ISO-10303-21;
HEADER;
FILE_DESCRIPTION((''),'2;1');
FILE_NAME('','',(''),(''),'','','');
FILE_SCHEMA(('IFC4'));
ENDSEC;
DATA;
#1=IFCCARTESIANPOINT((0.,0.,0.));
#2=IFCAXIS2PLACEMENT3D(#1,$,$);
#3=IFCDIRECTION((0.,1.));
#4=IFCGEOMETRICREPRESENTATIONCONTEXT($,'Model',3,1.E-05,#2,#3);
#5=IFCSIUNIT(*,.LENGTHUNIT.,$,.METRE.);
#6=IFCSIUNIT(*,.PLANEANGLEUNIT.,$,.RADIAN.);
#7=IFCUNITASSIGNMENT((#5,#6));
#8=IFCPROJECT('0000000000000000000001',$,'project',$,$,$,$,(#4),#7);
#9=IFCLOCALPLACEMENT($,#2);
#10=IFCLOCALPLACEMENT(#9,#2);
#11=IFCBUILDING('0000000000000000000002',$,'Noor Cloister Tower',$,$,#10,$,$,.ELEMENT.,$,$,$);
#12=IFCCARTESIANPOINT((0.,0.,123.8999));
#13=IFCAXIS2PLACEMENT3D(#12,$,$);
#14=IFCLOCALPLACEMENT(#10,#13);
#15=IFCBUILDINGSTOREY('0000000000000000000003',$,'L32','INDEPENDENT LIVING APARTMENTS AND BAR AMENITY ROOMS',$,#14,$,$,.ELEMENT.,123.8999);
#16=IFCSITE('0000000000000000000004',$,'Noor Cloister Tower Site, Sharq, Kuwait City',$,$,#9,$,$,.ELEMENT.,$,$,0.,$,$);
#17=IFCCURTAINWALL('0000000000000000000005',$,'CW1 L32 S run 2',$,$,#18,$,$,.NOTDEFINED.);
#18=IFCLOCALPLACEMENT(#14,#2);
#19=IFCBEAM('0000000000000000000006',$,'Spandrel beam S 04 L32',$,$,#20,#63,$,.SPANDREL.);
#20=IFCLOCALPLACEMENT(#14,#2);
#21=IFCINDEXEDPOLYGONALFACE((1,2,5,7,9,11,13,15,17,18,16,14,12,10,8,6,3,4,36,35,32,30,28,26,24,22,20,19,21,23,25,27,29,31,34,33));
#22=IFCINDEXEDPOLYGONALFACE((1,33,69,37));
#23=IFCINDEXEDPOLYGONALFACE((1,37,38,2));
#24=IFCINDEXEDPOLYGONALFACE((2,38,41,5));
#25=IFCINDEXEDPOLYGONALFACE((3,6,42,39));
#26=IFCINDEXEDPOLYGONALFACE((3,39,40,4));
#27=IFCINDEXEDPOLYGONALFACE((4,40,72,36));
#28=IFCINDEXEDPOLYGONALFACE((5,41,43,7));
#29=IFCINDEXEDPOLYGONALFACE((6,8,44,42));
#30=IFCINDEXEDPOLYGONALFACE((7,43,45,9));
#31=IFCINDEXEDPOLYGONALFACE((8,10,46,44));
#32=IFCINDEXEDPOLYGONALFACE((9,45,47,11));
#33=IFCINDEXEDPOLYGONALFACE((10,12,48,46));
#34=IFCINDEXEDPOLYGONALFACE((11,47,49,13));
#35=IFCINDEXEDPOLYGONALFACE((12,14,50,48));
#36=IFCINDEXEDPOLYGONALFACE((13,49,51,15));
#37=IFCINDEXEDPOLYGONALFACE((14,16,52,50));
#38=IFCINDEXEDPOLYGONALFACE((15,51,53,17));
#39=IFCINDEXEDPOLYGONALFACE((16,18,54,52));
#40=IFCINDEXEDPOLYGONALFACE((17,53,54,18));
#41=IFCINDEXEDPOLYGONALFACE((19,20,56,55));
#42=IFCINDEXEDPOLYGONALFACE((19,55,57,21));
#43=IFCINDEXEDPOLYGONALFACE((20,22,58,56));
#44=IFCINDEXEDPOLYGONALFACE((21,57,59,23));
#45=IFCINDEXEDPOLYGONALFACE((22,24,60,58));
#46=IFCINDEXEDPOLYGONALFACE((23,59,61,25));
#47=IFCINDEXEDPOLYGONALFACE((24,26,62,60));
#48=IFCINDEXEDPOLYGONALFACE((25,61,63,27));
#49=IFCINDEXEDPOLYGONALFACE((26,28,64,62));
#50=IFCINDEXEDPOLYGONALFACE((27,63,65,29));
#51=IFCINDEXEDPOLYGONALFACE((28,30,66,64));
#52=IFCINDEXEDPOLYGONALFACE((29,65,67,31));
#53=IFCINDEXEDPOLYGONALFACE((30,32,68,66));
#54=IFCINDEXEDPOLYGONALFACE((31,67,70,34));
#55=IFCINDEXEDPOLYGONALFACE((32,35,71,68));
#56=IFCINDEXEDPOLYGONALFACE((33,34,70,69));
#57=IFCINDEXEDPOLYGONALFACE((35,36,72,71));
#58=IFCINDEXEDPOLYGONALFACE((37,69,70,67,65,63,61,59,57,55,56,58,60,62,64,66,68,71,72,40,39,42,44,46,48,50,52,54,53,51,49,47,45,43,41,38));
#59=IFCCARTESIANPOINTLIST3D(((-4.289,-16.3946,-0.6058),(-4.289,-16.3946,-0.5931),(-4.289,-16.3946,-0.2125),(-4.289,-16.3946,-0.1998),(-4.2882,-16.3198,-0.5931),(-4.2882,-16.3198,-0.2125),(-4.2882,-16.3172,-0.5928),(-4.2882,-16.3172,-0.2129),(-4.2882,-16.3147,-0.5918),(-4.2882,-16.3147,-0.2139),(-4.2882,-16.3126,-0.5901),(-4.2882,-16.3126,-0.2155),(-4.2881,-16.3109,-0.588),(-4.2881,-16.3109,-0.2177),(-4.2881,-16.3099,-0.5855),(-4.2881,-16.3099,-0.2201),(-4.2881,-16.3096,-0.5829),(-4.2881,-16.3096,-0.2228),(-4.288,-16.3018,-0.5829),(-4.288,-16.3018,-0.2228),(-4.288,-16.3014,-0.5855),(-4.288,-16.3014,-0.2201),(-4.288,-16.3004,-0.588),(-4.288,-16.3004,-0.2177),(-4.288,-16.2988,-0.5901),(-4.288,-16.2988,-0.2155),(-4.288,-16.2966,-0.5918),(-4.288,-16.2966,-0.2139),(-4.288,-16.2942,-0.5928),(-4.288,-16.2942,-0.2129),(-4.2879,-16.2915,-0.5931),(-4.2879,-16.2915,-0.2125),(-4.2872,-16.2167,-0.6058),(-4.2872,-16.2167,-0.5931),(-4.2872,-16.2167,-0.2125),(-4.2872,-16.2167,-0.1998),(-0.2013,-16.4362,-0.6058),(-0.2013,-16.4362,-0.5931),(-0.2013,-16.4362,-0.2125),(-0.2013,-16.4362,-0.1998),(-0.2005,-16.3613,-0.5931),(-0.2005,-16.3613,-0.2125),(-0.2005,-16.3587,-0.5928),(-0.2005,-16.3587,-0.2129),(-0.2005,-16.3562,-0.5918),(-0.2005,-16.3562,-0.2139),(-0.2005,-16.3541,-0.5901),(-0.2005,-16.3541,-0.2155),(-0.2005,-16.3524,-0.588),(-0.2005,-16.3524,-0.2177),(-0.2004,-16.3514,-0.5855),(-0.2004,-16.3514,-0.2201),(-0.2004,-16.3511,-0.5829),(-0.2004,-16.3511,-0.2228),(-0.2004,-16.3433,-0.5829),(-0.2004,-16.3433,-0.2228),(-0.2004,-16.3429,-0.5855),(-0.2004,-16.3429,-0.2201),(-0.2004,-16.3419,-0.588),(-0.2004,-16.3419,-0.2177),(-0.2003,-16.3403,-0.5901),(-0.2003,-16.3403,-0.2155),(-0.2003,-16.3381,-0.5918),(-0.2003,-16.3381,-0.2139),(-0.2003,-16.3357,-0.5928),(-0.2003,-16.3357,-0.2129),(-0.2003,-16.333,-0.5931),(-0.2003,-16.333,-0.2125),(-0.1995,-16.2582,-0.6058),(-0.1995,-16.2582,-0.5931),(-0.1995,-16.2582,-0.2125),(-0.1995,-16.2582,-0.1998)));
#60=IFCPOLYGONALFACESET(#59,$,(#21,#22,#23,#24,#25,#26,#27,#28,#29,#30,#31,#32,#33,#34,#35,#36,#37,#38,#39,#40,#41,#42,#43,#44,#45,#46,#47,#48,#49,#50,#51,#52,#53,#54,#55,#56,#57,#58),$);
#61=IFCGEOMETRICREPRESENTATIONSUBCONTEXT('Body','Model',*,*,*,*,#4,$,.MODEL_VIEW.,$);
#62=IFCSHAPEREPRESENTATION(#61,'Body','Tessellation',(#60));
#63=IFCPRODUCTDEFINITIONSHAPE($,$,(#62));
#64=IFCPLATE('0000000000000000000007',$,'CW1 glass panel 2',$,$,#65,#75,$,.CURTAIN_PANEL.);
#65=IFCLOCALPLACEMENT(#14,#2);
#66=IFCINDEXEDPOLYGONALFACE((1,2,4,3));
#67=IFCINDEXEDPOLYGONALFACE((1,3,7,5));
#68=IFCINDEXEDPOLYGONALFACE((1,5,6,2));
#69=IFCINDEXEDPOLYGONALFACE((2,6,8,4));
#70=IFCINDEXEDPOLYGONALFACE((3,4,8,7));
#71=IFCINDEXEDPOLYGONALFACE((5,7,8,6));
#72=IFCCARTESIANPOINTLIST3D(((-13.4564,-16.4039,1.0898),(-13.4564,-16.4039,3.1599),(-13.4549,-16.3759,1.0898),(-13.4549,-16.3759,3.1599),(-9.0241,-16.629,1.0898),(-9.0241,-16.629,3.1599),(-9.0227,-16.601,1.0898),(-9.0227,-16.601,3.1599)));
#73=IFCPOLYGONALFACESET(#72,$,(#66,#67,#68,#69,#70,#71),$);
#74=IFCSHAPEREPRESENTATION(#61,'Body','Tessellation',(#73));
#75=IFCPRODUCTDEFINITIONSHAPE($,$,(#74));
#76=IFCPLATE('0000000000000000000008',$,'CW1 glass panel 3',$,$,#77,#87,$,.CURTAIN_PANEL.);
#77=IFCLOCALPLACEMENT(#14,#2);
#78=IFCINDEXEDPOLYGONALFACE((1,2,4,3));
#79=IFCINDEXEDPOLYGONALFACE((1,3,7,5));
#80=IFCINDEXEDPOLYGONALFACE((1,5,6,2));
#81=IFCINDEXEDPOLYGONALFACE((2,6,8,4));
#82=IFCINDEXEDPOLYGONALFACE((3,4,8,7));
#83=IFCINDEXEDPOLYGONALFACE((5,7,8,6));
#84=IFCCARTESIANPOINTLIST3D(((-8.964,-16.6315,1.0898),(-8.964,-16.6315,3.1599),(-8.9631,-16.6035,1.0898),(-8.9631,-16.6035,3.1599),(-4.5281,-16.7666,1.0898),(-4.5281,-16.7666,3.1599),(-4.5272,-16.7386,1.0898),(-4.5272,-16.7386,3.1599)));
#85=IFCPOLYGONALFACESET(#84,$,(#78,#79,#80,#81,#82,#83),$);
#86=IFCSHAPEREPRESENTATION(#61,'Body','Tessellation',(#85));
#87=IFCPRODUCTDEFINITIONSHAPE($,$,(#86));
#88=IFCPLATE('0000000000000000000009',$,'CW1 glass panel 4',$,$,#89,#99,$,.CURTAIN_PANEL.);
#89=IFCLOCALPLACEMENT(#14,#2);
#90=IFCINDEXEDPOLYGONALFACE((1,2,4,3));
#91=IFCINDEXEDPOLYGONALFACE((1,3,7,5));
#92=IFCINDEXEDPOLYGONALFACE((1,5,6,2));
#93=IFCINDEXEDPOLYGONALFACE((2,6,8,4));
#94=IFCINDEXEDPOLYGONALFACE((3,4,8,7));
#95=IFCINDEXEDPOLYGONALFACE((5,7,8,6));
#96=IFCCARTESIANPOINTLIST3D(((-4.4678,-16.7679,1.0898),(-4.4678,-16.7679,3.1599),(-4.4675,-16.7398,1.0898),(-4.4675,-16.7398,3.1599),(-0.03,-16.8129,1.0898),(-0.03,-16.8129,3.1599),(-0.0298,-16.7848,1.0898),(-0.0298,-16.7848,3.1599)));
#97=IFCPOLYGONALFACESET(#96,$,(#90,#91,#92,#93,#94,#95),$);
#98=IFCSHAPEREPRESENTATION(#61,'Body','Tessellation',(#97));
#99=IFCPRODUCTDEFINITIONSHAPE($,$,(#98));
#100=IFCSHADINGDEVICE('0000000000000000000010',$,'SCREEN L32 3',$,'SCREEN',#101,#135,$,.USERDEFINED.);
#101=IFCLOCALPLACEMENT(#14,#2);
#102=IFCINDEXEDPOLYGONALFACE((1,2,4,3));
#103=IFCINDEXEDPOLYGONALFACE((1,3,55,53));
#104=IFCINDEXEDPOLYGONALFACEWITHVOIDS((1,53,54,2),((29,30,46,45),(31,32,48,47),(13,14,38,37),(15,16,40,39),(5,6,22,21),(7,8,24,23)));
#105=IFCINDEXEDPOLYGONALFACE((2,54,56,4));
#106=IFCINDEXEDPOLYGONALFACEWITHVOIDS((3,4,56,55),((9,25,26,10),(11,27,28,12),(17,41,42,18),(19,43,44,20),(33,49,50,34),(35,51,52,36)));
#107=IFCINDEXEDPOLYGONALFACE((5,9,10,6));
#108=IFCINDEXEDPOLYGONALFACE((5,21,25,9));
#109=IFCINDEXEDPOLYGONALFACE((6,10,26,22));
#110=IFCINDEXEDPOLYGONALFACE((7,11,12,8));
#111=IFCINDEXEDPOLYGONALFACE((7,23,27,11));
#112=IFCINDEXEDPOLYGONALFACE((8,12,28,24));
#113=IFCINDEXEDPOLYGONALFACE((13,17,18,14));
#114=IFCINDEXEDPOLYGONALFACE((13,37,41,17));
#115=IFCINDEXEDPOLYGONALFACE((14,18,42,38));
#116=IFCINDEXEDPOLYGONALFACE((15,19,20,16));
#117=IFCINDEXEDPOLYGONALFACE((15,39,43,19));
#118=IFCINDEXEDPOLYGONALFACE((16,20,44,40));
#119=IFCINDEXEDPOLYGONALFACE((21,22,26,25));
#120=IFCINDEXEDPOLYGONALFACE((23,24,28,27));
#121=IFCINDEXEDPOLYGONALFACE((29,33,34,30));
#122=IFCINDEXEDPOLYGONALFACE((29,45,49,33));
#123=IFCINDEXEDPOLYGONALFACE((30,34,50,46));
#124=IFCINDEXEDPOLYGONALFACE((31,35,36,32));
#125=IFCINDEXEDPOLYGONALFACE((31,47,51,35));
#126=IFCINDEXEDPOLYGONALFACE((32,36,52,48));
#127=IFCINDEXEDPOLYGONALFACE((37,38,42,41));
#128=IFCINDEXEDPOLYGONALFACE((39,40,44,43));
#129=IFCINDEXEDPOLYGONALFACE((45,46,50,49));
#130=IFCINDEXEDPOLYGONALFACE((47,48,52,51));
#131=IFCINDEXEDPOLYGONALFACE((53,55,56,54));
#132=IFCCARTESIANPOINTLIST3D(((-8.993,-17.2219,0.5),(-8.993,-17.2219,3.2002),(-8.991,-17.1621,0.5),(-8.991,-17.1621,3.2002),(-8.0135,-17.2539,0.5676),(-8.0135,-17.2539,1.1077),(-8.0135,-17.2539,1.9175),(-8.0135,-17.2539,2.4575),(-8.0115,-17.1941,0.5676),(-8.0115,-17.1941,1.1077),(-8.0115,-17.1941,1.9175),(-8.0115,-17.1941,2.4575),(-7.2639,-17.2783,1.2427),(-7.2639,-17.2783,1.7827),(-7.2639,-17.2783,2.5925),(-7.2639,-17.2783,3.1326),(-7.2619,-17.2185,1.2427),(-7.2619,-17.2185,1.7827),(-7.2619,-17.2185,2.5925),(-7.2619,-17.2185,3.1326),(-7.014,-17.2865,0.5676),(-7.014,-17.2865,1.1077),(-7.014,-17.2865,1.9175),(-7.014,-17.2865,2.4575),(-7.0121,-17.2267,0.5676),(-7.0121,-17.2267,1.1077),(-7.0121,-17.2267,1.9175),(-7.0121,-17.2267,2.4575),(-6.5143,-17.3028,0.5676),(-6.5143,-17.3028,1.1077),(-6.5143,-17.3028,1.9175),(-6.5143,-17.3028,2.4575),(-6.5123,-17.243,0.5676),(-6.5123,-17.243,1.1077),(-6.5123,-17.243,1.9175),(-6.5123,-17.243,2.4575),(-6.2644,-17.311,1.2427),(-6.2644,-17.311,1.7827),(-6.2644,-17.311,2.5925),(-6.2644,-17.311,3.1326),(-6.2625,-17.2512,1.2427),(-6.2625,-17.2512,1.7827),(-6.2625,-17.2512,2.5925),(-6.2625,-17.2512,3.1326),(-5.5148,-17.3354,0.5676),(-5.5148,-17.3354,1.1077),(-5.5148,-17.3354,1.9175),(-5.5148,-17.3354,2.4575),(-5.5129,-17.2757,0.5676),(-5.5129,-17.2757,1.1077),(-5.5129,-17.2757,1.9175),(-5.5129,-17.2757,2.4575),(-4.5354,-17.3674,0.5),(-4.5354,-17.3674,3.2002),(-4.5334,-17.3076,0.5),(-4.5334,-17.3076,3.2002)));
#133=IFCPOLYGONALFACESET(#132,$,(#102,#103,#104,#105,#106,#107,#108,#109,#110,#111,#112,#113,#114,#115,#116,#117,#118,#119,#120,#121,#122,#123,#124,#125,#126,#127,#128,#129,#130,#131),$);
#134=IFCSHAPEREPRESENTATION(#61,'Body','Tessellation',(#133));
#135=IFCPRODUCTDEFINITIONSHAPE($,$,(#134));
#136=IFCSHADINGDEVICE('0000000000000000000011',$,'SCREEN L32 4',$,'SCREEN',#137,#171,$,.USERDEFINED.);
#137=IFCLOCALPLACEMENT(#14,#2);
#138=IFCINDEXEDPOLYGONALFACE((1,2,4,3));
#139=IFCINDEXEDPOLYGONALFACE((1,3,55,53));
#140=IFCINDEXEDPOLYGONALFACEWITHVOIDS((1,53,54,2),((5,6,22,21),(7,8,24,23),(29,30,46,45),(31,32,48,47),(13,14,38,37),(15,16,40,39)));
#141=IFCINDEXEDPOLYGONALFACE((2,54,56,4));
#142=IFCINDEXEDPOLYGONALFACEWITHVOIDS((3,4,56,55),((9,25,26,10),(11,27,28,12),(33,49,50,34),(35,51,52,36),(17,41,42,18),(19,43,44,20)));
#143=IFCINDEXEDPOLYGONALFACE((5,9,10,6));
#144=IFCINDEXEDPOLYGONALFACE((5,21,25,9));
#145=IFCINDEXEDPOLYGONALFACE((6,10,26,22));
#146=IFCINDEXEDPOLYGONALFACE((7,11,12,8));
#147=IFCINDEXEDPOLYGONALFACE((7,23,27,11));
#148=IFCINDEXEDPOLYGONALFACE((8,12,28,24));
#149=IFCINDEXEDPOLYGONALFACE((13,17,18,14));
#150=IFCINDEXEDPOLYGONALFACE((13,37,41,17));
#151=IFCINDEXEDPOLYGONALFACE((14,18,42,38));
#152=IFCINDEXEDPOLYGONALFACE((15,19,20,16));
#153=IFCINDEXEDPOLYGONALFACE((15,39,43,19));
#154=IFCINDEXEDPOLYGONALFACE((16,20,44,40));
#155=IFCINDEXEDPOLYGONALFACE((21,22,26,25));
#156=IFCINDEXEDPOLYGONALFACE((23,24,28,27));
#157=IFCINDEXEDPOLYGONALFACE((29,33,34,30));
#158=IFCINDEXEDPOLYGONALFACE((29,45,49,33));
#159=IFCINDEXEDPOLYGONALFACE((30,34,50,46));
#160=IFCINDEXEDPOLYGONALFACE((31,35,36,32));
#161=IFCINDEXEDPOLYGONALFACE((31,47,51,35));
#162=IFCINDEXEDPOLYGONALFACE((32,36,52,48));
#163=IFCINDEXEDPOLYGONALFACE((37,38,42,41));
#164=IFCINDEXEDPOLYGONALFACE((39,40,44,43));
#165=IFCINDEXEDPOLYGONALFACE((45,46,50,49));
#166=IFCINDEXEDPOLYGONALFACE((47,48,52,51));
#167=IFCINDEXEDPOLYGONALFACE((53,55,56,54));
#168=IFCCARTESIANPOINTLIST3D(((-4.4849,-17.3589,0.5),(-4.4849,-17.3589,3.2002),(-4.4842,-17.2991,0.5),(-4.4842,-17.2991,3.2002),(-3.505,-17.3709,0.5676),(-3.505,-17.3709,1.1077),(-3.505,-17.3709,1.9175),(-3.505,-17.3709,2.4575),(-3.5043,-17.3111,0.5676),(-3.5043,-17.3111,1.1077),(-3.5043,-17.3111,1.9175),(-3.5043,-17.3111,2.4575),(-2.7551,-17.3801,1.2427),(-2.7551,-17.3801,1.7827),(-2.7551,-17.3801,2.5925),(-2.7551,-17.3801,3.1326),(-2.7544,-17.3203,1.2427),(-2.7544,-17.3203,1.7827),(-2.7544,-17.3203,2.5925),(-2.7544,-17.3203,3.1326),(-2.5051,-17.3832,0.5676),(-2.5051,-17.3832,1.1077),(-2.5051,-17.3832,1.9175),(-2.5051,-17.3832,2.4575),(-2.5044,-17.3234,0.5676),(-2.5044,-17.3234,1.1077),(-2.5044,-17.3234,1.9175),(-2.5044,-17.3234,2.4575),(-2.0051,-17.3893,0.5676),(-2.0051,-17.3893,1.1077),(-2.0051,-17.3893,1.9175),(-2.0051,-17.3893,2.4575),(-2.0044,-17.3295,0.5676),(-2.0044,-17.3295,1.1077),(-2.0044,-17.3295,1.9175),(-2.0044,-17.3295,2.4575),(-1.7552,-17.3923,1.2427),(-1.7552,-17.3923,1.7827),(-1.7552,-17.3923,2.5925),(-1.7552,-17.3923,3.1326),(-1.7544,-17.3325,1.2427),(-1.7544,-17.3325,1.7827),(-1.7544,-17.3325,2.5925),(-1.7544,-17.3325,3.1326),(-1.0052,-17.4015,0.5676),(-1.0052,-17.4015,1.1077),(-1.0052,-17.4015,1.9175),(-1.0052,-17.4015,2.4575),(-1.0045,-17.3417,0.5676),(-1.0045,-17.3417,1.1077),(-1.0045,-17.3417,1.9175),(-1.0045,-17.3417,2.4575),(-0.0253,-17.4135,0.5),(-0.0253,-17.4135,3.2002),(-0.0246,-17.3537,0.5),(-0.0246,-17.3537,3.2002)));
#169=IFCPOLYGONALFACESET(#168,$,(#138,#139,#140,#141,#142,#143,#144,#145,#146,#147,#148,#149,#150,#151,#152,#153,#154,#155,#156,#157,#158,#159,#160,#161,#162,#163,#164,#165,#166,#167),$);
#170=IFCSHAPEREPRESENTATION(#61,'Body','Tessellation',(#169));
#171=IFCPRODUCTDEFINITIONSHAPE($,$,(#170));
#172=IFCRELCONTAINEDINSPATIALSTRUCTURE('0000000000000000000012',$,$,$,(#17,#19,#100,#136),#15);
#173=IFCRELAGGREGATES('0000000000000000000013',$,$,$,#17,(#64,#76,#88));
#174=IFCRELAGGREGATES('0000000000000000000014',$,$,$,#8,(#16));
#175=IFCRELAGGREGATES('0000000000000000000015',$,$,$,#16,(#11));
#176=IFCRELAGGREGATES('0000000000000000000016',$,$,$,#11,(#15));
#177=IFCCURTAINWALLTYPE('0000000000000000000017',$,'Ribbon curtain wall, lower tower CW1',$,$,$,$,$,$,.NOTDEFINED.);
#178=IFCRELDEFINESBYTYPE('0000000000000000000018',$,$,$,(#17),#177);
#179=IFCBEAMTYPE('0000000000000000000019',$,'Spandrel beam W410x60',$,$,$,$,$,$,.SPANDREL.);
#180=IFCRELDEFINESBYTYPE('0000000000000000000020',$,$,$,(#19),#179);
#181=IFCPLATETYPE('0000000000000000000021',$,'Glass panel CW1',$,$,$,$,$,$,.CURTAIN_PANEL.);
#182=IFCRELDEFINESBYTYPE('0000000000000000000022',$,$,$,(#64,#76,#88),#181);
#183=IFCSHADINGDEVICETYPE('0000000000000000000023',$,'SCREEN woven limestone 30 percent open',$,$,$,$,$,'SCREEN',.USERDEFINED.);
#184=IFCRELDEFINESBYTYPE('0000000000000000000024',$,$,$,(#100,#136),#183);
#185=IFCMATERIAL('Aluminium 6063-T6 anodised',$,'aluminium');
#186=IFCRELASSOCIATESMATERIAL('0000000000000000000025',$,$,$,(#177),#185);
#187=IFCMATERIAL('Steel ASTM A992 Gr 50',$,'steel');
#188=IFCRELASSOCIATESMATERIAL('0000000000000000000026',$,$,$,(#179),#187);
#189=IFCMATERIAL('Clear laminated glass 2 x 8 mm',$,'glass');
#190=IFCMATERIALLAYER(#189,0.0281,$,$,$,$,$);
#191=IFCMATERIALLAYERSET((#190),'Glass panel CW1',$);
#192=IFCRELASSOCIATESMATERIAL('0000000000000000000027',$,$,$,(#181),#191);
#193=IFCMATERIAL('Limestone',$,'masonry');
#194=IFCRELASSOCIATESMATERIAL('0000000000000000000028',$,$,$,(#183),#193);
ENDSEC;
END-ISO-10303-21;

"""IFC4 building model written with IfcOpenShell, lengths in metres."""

from ifc_helpers import new_model, si_unit, direction, frame, origin, origin_2d, place, context, subcontext, project, spatial, polyline, rectangle, i_section, outline, extrude, material, layer, layer_set, material_profile, profile_set, type_object, element, aggregate, save


model = new_model("IFC4")

# Units and contexts
model_context = context("Model", 3, precision=1e-05, world=origin(), true_north=direction((0.0, 1.0)))
body_context = subcontext(model_context, "Body", "Model", "MODEL_VIEW")
ifc_project = project(units=[si_unit("LENGTHUNIT", "METRE"), si_unit("PLANEANGLEUNIT", "RADIAN")], contexts=[model_context])

# Site, building, storey
site_placement = place(None, origin())
site = spatial("IfcSite", under=ifc_project, at=site_placement, Name="Noor Cloister Tower Site, Sharq, Kuwait City", CompositionType="ELEMENT", RefElevation=0.0)
building_placement = place(site_placement, origin())
building = spatial("IfcBuilding", under=site, at=building_placement, Name="Noor Cloister Tower", CompositionType="ELEMENT")
storey_placement = place(building_placement, frame((0.0, 0.0, 123.8999)))
storey = spatial("IfcBuildingStorey", under=building, at=storey_placement, Name="L32", Description="INDEPENDENT LIVING APARTMENTS AND BAR AMENITY ROOMS", CompositionType="ELEMENT", Elevation=123.8999)

# Curtain wall
ifc_material_1 = material(Name="Aluminium 6063-T6 anodised", Category="aluminium")
curtain_wall_type = type_object("IfcCurtainWallType", Name="Ribbon curtain wall, lower tower CW1", PredefinedType="NOTDEFINED", material=ifc_material_1)
curtain_wall_placement = place(storey_placement, origin())
curtain_wall = element("IfcCurtainWall", 1, at=curtain_wall_placement, inside=storey, type_object=curtain_wall_type, Name="CW1 L32 S run 2", PredefinedType="NOTDEFINED")

# Beam
ifc_material_2 = material(Name="Steel ASTM A992 Gr 50", Category="steel")
ifc_material_profile_1 = material_profile(ifc_material_2, i_section(OverallWidth=0.178, OverallDepth=0.406, WebThickness=0.0078, FlangeThickness=0.0127, FilletRadius=0.0103, at=origin_2d()), Name="W410x60")
ifc_profile_set_1 = profile_set([ifc_material_profile_1], Name="Steel ASTM A992 Gr 50")
beam_type_1 = type_object("IfcBeamType", Name="Spandrel beam W410x60", PredefinedType="SPANDREL", material=ifc_profile_set_1)
for number, where, z_axis, x_axis, name in (
    (2, (-4.2881, -16.3057, -0.4028), (0.999948, -0.010153, 0.0), (0.010153, 0.999948, 0.0), "Spandrel beam S 04 L32"),
):
    element("IfcBeam", number, at=place(storey_placement, frame(where, z_axis=z_axis, x_axis=x_axis)), inside=storey, type_object=beam_type_1, Name=name, PredefinedType="SPANDREL", context=body_context, shape_type="SweptSolid", body=[
        extrude(i_section(OverallWidth=0.178, OverallDepth=0.406, WebThickness=0.0078, FlangeThickness=0.0127, FilletRadius=0.0103, at=origin_2d()), origin(), (0.0, 0.0, 1.0), 4.0879),
    ])

# Plates
ifc_material_3 = material(Name="Clear laminated glass 2 x 8 mm", Category="glass")
ifc_layer = layer(ifc_material_3, 0.0281)
ifc_layer_set = layer_set([ifc_layer], Name="Glass panel CW1")
plate_type = type_object("IfcPlateType", Name="Glass panel CW1", PredefinedType="CURTAIN_PANEL", material=ifc_layer_set)
plate_1_placement = place(storey_placement, frame((-11.2395, -16.5024, 1.0898), z_axis=(0.0, 0.0, 1.0), x_axis=(0.998713, -0.050715, 0.0)))
plate_1 = element("IfcPlate", 3, at=plate_1_placement, type_object=plate_type, Name="CW1 glass panel 2", PredefinedType="CURTAIN_PANEL", context=body_context, shape_type="SweptSolid", body=[
    extrude(rectangle(XDim=4.438, YDim=0.0281, at=origin_2d()), origin(), (0.0, 0.0, 1.0), 2.0701),
])
plate_2_placement = place(storey_placement, frame((-6.7456, -16.6851, 1.0898), z_axis=(0.0, 0.0, 1.0), x_axis=(0.999537, -0.030438, 0.0)))
plate_2 = element("IfcPlate", 4, at=plate_2_placement, type_object=plate_type, Name="CW1 glass panel 3", PredefinedType="CURTAIN_PANEL", context=body_context, shape_type="SweptSolid", body=[
    extrude(rectangle(XDim=4.438, YDim=0.0281, at=origin_2d()), origin(), (0.0, 0.0, 1.0), 2.0701),
])
plate_3_placement = place(storey_placement, frame((-2.2488, -16.7764, 1.0898), z_axis=(0.0, 0.0, 1.0), x_axis=(0.999949, -0.010147, 0.0)))
plate_3 = element("IfcPlate", 5, at=plate_3_placement, type_object=plate_type, Name="CW1 glass panel 4", PredefinedType="CURTAIN_PANEL", context=body_context, shape_type="SweptSolid", body=[
    extrude(rectangle(XDim=4.438, YDim=0.0281, at=origin_2d()), origin(), (0.0, 0.0, 1.0), 2.0701),
])
aggregate(curtain_wall, [plate_1, plate_2, plate_3])

# Shading devices
ifc_material_4 = material(Name="Limestone", Category="masonry")
ifc_material_profile_2 = material_profile(ifc_material_4, outline(polyline([(-2.23, -1.3501), (2.23, -1.3501), (2.23, 1.3501), (-2.23, 1.3501), (-2.23, -1.3501)]), holes=[polyline([(-1.25, -1.2825), (-0.25, -1.2825), (-0.25, -0.7424), (-1.25, -0.7424), (-1.25, -1.2825)]), polyline([(0.25, -1.2825), (1.25, -1.2825), (1.25, -0.7424), (0.25, -0.7424), (0.25, -1.2825)]), polyline([(-0.5, -0.6074), (0.5, -0.6074), (0.5, -0.0674), (-0.5, -0.0674), (-0.5, -0.6074)]), polyline([(-1.25, 0.0674), (-0.25, 0.0674), (-0.25, 0.6074), (-1.25, 0.6074), (-1.25, 0.0674)]), polyline([(0.25, 0.0674), (1.25, 0.0674), (1.25, 0.6074), (0.25, 0.6074), (0.25, 0.0674)]), polyline([(-0.5, 0.7424), (0.5, 0.7424), (0.5, 1.2825), (-0.5, 1.2825), (-0.5, 0.7424)])]), Name="Woven screen 30 percent open")
ifc_profile_set_2 = profile_set([ifc_material_profile_2], Name="Limestone")
shading_device_type = type_object("IfcShadingDeviceType", Name="SCREEN woven limestone 30 percent open", ElementType="SCREEN", PredefinedType="USERDEFINED", material=ifc_profile_set_2)
for number, where, z_axis, x_axis, name in (
    (6, (-6.7622, -17.2349, 1.8501), (-0.032636, -0.999467, 0.0), (0.999467, -0.032636, 0.0), "SCREEN L32 3"),
    (7, (-2.2544, -17.3264, 1.8501), (-0.012244, -0.999925, 0.0), (0.999925, -0.012244, 0.0), "SCREEN L32 4"),
):
    element("IfcShadingDevice", number, at=place(storey_placement, frame(where, z_axis=z_axis, x_axis=x_axis)), inside=storey, type_object=shading_device_type, Name=name, ObjectType="SCREEN", PredefinedType="USERDEFINED", context=body_context, shape_type="SweptSolid", body=[
        extrude(outline(polyline([(-2.23, -1.3501), (2.23, -1.3501), (2.23, 1.3501), (-2.23, 1.3501), (-2.23, -1.3501)]), holes=[polyline([(-1.25, -1.2825), (-0.25, -1.2825), (-0.25, -0.7424), (-1.25, -0.7424), (-1.25, -1.2825)]), polyline([(0.25, -1.2825), (1.25, -1.2825), (1.25, -0.7424), (0.25, -0.7424), (0.25, -1.2825)]), polyline([(-0.5, -0.6074), (0.5, -0.6074), (0.5, -0.0674), (-0.5, -0.0674), (-0.5, -0.6074)]), polyline([(-1.25, 0.0674), (-0.25, 0.0674), (-0.25, 0.6074), (-1.25, 0.6074), (-1.25, 0.0674)]), polyline([(0.25, 0.0674), (1.25, 0.0674), (1.25, 0.6074), (0.25, 0.6074), (0.25, 0.0674)]), polyline([(-0.5, 0.7424), (0.5, 0.7424), (0.5, 1.2825), (-0.5, 1.2825), (-0.5, 0.7424)])]), origin(), (0.0, 0.0, 1.0), 0.0598),
    ])

save(model, "model.ifc")
